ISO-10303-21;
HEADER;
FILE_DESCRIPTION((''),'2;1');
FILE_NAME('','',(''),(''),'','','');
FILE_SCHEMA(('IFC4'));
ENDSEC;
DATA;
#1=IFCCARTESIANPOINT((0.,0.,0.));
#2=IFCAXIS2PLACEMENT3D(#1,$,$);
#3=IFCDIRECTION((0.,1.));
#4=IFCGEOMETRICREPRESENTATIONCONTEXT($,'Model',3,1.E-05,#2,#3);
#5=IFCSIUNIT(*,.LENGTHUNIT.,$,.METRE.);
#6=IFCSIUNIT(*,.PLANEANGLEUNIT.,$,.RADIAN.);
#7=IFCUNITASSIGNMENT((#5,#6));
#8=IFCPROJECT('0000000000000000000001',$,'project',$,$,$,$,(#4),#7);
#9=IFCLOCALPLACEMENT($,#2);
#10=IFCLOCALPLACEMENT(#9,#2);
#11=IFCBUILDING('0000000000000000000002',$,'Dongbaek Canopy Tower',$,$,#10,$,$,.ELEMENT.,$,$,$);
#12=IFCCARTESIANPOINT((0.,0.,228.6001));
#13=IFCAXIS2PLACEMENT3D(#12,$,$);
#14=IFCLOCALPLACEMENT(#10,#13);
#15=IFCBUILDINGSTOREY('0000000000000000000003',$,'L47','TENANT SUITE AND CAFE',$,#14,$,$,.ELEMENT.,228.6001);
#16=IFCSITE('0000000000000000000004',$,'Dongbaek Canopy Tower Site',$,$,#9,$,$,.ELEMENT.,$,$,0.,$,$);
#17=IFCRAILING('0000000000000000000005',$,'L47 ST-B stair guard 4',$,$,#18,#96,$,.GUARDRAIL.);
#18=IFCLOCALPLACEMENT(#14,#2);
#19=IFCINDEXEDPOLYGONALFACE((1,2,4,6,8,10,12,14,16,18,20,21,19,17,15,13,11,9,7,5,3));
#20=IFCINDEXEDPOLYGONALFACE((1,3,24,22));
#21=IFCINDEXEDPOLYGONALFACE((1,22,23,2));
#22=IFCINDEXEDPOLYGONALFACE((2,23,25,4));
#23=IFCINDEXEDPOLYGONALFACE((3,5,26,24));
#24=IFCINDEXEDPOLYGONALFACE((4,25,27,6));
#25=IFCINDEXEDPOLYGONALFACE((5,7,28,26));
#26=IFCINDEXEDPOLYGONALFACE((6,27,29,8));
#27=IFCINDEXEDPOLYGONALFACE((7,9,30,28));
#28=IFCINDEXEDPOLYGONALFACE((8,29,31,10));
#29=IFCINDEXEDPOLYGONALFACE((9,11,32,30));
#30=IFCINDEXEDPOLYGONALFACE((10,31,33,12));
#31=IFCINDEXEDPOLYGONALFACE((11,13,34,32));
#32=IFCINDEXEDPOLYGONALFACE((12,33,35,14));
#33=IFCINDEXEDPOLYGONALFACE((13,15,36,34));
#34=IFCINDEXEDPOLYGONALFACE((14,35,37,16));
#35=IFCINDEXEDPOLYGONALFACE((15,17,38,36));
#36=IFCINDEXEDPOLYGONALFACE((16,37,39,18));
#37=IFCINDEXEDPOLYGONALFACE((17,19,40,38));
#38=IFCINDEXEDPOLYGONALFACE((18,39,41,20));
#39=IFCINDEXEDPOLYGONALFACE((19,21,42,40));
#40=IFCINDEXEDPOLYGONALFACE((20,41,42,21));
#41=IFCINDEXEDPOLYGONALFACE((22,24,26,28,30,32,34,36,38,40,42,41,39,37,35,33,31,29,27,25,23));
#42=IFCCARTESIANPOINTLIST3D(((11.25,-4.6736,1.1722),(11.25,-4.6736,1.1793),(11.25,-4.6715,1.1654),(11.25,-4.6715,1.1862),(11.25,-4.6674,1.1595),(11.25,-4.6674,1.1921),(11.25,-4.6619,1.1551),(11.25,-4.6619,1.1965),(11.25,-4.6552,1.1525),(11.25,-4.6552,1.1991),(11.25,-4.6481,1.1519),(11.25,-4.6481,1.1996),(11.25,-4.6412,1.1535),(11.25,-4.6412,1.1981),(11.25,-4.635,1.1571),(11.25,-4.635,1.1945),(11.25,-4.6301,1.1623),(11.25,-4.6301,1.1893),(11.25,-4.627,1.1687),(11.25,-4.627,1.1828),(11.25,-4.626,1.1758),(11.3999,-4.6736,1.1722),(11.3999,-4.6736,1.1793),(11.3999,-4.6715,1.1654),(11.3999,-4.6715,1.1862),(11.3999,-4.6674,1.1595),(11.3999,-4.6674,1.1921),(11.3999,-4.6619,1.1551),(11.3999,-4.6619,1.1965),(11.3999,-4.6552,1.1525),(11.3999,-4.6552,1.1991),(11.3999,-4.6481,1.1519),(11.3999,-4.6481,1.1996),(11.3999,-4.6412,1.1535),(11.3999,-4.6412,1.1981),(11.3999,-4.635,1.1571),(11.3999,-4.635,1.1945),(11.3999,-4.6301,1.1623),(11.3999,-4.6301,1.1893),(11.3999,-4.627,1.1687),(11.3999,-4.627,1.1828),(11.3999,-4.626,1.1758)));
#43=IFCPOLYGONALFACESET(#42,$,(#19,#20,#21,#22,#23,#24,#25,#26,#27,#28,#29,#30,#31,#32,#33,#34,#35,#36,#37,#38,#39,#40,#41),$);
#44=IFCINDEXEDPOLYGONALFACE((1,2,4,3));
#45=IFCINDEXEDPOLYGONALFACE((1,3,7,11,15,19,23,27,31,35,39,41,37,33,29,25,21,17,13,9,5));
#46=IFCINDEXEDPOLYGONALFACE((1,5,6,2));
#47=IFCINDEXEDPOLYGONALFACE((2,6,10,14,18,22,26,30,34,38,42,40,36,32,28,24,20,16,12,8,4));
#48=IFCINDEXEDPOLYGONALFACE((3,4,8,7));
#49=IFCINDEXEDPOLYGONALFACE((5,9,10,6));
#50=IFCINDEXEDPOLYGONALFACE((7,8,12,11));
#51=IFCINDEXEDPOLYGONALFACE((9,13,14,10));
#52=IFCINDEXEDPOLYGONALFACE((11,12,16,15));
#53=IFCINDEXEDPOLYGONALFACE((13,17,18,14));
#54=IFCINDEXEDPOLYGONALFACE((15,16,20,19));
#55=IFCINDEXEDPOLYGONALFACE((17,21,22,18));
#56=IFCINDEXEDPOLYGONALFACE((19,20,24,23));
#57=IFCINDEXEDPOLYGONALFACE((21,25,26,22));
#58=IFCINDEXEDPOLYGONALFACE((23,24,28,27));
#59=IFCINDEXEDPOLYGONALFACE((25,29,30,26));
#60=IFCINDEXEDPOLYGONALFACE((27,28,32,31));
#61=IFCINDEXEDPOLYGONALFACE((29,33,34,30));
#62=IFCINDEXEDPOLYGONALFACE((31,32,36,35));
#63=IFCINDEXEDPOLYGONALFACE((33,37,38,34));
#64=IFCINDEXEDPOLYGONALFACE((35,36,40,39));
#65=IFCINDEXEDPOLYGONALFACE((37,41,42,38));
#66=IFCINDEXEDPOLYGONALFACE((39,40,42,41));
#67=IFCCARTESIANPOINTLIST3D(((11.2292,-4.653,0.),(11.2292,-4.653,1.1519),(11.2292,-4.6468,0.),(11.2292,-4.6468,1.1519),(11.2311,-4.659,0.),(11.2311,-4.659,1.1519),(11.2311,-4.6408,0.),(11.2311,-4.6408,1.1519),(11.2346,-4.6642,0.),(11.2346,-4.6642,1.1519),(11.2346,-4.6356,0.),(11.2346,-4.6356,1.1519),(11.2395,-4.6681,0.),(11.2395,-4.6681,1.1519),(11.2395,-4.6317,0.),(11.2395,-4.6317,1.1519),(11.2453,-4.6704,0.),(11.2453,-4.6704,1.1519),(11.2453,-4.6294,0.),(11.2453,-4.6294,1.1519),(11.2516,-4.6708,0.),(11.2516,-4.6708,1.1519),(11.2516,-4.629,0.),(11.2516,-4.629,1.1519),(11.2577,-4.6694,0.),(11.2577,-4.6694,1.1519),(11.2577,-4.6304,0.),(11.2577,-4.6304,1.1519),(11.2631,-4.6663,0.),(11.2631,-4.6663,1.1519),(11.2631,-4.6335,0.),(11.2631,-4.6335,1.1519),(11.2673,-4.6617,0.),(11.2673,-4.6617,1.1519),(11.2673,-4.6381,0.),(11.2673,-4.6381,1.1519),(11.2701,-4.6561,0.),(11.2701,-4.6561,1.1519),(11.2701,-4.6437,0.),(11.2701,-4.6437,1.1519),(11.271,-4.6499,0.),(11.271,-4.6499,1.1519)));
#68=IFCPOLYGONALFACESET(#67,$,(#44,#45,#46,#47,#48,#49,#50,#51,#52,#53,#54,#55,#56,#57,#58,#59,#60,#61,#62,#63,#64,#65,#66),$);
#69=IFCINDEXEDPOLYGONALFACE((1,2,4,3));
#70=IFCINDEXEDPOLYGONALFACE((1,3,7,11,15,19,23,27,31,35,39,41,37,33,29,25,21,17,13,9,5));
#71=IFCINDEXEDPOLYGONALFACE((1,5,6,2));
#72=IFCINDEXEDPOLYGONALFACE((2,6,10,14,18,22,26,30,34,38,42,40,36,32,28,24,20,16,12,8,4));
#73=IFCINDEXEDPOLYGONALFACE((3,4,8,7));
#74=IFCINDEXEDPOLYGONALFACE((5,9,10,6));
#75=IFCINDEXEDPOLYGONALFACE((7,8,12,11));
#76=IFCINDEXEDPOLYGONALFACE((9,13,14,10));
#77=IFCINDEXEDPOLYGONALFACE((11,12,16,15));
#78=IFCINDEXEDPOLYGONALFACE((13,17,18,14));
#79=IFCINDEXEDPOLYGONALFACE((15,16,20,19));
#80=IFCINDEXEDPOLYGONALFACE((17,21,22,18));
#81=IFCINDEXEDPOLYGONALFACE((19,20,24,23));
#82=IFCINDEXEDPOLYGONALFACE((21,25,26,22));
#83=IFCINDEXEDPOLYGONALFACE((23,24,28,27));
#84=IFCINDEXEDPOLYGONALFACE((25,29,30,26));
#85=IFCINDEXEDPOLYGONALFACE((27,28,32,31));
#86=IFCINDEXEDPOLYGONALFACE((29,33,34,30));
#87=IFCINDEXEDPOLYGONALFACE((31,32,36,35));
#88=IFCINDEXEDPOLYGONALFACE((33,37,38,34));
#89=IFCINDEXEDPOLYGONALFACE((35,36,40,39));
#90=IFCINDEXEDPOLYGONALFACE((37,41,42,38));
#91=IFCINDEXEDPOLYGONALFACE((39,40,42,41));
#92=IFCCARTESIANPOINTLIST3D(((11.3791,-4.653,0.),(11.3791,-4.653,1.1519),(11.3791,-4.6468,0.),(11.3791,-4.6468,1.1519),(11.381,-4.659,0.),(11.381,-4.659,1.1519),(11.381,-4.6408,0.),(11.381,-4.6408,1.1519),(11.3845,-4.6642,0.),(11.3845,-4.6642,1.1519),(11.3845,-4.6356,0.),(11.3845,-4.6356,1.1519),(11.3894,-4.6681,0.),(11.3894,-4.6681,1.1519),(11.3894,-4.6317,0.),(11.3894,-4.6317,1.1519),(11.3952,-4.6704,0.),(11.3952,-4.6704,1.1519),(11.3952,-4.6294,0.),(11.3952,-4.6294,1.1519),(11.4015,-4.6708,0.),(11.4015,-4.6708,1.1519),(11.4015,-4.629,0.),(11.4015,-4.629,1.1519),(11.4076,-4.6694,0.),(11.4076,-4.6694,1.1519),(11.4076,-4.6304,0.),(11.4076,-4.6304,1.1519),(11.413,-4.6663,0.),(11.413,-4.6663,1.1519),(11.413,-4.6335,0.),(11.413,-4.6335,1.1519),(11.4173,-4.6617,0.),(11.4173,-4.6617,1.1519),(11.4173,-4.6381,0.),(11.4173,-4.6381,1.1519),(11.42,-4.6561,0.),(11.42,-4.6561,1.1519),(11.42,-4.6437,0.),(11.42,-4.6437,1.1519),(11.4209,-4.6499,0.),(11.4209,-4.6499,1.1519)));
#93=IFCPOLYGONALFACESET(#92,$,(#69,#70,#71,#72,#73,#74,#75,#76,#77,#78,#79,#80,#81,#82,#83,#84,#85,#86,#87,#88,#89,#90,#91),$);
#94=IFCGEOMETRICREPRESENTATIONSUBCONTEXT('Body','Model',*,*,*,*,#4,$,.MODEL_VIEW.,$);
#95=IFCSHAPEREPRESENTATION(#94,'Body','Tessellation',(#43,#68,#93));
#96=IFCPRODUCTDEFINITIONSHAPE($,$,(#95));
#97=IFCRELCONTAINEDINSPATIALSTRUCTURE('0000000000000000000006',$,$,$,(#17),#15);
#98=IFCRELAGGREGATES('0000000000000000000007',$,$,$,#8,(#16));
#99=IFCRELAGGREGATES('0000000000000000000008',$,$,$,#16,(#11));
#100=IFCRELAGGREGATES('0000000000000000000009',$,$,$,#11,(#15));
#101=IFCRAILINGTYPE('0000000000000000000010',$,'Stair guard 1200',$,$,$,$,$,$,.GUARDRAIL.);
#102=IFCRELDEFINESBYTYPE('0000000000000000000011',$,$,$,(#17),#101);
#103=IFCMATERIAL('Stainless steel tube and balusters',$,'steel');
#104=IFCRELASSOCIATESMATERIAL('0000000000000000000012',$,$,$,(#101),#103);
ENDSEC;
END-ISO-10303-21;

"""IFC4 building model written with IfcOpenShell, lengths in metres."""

from ifc_helpers import new_model, si_unit, direction, frame, origin, origin_2d, place, context, subcontext, project, spatial, circle, extrude, material, type_object, element, save


model = new_model("IFC4")

# Units and contexts
model_context = context("Model", 3, precision=1e-05, world=origin(), true_north=direction((0.0, 1.0)))
body_context = subcontext(model_context, "Body", "Model", "MODEL_VIEW")
ifc_project = project(units=[si_unit("LENGTHUNIT", "METRE"), si_unit("PLANEANGLEUNIT", "RADIAN")], contexts=[model_context])

# Site, building, storey
site_placement = place(None, origin())
site = spatial("IfcSite", under=ifc_project, at=site_placement, Name="Dongbaek Canopy Tower Site", CompositionType="ELEMENT", RefElevation=0.0)
building_placement = place(site_placement, origin())
building = spatial("IfcBuilding", under=site, at=building_placement, Name="Dongbaek Canopy Tower", CompositionType="ELEMENT")
storey_placement = place(building_placement, frame((0.0, 0.0, 228.6001)))
storey = spatial("IfcBuildingStorey", under=building, at=storey_placement, Name="L47", Description="TENANT SUITE AND CAFE", CompositionType="ELEMENT", Elevation=228.6001)

# Railing
ifc_material_1 = material(Name="Stainless steel tube and balusters", Category="steel")
railing_type_1 = type_object("IfcRailingType", Name="Stair guard 1200", PredefinedType="GUARDRAIL", material=ifc_material_1)
railing_1_placement = place(storey_placement, frame((11.25, -4.6499, 0.0)))
element("IfcRailing", 1, at=railing_1_placement, inside=storey, type_object=railing_type_1, Name="L47 ST-B stair guard 4", PredefinedType="GUARDRAIL", context=body_context, shape_type="SweptSolid", body=[
    extrude(circle(Radius=0.0239, at=origin_2d()), frame((0.0, 0.0, 1.1758), z_axis=(1.0, 0.0, 0.0), x_axis=(0.0, 1.0, 0.0)), (0.0, 0.0, 1.0), 0.1499),
    extrude(circle(Radius=0.021, at=origin_2d()), origin(), (0.0, 0.0, 1.0), 1.1519),
    extrude(circle(Radius=0.021, at=origin_2d()), frame((0.1499, 0.0, 0.0)), (0.0, 0.0, 1.0), 1.1519),
])

save(model, "model.ifc")
